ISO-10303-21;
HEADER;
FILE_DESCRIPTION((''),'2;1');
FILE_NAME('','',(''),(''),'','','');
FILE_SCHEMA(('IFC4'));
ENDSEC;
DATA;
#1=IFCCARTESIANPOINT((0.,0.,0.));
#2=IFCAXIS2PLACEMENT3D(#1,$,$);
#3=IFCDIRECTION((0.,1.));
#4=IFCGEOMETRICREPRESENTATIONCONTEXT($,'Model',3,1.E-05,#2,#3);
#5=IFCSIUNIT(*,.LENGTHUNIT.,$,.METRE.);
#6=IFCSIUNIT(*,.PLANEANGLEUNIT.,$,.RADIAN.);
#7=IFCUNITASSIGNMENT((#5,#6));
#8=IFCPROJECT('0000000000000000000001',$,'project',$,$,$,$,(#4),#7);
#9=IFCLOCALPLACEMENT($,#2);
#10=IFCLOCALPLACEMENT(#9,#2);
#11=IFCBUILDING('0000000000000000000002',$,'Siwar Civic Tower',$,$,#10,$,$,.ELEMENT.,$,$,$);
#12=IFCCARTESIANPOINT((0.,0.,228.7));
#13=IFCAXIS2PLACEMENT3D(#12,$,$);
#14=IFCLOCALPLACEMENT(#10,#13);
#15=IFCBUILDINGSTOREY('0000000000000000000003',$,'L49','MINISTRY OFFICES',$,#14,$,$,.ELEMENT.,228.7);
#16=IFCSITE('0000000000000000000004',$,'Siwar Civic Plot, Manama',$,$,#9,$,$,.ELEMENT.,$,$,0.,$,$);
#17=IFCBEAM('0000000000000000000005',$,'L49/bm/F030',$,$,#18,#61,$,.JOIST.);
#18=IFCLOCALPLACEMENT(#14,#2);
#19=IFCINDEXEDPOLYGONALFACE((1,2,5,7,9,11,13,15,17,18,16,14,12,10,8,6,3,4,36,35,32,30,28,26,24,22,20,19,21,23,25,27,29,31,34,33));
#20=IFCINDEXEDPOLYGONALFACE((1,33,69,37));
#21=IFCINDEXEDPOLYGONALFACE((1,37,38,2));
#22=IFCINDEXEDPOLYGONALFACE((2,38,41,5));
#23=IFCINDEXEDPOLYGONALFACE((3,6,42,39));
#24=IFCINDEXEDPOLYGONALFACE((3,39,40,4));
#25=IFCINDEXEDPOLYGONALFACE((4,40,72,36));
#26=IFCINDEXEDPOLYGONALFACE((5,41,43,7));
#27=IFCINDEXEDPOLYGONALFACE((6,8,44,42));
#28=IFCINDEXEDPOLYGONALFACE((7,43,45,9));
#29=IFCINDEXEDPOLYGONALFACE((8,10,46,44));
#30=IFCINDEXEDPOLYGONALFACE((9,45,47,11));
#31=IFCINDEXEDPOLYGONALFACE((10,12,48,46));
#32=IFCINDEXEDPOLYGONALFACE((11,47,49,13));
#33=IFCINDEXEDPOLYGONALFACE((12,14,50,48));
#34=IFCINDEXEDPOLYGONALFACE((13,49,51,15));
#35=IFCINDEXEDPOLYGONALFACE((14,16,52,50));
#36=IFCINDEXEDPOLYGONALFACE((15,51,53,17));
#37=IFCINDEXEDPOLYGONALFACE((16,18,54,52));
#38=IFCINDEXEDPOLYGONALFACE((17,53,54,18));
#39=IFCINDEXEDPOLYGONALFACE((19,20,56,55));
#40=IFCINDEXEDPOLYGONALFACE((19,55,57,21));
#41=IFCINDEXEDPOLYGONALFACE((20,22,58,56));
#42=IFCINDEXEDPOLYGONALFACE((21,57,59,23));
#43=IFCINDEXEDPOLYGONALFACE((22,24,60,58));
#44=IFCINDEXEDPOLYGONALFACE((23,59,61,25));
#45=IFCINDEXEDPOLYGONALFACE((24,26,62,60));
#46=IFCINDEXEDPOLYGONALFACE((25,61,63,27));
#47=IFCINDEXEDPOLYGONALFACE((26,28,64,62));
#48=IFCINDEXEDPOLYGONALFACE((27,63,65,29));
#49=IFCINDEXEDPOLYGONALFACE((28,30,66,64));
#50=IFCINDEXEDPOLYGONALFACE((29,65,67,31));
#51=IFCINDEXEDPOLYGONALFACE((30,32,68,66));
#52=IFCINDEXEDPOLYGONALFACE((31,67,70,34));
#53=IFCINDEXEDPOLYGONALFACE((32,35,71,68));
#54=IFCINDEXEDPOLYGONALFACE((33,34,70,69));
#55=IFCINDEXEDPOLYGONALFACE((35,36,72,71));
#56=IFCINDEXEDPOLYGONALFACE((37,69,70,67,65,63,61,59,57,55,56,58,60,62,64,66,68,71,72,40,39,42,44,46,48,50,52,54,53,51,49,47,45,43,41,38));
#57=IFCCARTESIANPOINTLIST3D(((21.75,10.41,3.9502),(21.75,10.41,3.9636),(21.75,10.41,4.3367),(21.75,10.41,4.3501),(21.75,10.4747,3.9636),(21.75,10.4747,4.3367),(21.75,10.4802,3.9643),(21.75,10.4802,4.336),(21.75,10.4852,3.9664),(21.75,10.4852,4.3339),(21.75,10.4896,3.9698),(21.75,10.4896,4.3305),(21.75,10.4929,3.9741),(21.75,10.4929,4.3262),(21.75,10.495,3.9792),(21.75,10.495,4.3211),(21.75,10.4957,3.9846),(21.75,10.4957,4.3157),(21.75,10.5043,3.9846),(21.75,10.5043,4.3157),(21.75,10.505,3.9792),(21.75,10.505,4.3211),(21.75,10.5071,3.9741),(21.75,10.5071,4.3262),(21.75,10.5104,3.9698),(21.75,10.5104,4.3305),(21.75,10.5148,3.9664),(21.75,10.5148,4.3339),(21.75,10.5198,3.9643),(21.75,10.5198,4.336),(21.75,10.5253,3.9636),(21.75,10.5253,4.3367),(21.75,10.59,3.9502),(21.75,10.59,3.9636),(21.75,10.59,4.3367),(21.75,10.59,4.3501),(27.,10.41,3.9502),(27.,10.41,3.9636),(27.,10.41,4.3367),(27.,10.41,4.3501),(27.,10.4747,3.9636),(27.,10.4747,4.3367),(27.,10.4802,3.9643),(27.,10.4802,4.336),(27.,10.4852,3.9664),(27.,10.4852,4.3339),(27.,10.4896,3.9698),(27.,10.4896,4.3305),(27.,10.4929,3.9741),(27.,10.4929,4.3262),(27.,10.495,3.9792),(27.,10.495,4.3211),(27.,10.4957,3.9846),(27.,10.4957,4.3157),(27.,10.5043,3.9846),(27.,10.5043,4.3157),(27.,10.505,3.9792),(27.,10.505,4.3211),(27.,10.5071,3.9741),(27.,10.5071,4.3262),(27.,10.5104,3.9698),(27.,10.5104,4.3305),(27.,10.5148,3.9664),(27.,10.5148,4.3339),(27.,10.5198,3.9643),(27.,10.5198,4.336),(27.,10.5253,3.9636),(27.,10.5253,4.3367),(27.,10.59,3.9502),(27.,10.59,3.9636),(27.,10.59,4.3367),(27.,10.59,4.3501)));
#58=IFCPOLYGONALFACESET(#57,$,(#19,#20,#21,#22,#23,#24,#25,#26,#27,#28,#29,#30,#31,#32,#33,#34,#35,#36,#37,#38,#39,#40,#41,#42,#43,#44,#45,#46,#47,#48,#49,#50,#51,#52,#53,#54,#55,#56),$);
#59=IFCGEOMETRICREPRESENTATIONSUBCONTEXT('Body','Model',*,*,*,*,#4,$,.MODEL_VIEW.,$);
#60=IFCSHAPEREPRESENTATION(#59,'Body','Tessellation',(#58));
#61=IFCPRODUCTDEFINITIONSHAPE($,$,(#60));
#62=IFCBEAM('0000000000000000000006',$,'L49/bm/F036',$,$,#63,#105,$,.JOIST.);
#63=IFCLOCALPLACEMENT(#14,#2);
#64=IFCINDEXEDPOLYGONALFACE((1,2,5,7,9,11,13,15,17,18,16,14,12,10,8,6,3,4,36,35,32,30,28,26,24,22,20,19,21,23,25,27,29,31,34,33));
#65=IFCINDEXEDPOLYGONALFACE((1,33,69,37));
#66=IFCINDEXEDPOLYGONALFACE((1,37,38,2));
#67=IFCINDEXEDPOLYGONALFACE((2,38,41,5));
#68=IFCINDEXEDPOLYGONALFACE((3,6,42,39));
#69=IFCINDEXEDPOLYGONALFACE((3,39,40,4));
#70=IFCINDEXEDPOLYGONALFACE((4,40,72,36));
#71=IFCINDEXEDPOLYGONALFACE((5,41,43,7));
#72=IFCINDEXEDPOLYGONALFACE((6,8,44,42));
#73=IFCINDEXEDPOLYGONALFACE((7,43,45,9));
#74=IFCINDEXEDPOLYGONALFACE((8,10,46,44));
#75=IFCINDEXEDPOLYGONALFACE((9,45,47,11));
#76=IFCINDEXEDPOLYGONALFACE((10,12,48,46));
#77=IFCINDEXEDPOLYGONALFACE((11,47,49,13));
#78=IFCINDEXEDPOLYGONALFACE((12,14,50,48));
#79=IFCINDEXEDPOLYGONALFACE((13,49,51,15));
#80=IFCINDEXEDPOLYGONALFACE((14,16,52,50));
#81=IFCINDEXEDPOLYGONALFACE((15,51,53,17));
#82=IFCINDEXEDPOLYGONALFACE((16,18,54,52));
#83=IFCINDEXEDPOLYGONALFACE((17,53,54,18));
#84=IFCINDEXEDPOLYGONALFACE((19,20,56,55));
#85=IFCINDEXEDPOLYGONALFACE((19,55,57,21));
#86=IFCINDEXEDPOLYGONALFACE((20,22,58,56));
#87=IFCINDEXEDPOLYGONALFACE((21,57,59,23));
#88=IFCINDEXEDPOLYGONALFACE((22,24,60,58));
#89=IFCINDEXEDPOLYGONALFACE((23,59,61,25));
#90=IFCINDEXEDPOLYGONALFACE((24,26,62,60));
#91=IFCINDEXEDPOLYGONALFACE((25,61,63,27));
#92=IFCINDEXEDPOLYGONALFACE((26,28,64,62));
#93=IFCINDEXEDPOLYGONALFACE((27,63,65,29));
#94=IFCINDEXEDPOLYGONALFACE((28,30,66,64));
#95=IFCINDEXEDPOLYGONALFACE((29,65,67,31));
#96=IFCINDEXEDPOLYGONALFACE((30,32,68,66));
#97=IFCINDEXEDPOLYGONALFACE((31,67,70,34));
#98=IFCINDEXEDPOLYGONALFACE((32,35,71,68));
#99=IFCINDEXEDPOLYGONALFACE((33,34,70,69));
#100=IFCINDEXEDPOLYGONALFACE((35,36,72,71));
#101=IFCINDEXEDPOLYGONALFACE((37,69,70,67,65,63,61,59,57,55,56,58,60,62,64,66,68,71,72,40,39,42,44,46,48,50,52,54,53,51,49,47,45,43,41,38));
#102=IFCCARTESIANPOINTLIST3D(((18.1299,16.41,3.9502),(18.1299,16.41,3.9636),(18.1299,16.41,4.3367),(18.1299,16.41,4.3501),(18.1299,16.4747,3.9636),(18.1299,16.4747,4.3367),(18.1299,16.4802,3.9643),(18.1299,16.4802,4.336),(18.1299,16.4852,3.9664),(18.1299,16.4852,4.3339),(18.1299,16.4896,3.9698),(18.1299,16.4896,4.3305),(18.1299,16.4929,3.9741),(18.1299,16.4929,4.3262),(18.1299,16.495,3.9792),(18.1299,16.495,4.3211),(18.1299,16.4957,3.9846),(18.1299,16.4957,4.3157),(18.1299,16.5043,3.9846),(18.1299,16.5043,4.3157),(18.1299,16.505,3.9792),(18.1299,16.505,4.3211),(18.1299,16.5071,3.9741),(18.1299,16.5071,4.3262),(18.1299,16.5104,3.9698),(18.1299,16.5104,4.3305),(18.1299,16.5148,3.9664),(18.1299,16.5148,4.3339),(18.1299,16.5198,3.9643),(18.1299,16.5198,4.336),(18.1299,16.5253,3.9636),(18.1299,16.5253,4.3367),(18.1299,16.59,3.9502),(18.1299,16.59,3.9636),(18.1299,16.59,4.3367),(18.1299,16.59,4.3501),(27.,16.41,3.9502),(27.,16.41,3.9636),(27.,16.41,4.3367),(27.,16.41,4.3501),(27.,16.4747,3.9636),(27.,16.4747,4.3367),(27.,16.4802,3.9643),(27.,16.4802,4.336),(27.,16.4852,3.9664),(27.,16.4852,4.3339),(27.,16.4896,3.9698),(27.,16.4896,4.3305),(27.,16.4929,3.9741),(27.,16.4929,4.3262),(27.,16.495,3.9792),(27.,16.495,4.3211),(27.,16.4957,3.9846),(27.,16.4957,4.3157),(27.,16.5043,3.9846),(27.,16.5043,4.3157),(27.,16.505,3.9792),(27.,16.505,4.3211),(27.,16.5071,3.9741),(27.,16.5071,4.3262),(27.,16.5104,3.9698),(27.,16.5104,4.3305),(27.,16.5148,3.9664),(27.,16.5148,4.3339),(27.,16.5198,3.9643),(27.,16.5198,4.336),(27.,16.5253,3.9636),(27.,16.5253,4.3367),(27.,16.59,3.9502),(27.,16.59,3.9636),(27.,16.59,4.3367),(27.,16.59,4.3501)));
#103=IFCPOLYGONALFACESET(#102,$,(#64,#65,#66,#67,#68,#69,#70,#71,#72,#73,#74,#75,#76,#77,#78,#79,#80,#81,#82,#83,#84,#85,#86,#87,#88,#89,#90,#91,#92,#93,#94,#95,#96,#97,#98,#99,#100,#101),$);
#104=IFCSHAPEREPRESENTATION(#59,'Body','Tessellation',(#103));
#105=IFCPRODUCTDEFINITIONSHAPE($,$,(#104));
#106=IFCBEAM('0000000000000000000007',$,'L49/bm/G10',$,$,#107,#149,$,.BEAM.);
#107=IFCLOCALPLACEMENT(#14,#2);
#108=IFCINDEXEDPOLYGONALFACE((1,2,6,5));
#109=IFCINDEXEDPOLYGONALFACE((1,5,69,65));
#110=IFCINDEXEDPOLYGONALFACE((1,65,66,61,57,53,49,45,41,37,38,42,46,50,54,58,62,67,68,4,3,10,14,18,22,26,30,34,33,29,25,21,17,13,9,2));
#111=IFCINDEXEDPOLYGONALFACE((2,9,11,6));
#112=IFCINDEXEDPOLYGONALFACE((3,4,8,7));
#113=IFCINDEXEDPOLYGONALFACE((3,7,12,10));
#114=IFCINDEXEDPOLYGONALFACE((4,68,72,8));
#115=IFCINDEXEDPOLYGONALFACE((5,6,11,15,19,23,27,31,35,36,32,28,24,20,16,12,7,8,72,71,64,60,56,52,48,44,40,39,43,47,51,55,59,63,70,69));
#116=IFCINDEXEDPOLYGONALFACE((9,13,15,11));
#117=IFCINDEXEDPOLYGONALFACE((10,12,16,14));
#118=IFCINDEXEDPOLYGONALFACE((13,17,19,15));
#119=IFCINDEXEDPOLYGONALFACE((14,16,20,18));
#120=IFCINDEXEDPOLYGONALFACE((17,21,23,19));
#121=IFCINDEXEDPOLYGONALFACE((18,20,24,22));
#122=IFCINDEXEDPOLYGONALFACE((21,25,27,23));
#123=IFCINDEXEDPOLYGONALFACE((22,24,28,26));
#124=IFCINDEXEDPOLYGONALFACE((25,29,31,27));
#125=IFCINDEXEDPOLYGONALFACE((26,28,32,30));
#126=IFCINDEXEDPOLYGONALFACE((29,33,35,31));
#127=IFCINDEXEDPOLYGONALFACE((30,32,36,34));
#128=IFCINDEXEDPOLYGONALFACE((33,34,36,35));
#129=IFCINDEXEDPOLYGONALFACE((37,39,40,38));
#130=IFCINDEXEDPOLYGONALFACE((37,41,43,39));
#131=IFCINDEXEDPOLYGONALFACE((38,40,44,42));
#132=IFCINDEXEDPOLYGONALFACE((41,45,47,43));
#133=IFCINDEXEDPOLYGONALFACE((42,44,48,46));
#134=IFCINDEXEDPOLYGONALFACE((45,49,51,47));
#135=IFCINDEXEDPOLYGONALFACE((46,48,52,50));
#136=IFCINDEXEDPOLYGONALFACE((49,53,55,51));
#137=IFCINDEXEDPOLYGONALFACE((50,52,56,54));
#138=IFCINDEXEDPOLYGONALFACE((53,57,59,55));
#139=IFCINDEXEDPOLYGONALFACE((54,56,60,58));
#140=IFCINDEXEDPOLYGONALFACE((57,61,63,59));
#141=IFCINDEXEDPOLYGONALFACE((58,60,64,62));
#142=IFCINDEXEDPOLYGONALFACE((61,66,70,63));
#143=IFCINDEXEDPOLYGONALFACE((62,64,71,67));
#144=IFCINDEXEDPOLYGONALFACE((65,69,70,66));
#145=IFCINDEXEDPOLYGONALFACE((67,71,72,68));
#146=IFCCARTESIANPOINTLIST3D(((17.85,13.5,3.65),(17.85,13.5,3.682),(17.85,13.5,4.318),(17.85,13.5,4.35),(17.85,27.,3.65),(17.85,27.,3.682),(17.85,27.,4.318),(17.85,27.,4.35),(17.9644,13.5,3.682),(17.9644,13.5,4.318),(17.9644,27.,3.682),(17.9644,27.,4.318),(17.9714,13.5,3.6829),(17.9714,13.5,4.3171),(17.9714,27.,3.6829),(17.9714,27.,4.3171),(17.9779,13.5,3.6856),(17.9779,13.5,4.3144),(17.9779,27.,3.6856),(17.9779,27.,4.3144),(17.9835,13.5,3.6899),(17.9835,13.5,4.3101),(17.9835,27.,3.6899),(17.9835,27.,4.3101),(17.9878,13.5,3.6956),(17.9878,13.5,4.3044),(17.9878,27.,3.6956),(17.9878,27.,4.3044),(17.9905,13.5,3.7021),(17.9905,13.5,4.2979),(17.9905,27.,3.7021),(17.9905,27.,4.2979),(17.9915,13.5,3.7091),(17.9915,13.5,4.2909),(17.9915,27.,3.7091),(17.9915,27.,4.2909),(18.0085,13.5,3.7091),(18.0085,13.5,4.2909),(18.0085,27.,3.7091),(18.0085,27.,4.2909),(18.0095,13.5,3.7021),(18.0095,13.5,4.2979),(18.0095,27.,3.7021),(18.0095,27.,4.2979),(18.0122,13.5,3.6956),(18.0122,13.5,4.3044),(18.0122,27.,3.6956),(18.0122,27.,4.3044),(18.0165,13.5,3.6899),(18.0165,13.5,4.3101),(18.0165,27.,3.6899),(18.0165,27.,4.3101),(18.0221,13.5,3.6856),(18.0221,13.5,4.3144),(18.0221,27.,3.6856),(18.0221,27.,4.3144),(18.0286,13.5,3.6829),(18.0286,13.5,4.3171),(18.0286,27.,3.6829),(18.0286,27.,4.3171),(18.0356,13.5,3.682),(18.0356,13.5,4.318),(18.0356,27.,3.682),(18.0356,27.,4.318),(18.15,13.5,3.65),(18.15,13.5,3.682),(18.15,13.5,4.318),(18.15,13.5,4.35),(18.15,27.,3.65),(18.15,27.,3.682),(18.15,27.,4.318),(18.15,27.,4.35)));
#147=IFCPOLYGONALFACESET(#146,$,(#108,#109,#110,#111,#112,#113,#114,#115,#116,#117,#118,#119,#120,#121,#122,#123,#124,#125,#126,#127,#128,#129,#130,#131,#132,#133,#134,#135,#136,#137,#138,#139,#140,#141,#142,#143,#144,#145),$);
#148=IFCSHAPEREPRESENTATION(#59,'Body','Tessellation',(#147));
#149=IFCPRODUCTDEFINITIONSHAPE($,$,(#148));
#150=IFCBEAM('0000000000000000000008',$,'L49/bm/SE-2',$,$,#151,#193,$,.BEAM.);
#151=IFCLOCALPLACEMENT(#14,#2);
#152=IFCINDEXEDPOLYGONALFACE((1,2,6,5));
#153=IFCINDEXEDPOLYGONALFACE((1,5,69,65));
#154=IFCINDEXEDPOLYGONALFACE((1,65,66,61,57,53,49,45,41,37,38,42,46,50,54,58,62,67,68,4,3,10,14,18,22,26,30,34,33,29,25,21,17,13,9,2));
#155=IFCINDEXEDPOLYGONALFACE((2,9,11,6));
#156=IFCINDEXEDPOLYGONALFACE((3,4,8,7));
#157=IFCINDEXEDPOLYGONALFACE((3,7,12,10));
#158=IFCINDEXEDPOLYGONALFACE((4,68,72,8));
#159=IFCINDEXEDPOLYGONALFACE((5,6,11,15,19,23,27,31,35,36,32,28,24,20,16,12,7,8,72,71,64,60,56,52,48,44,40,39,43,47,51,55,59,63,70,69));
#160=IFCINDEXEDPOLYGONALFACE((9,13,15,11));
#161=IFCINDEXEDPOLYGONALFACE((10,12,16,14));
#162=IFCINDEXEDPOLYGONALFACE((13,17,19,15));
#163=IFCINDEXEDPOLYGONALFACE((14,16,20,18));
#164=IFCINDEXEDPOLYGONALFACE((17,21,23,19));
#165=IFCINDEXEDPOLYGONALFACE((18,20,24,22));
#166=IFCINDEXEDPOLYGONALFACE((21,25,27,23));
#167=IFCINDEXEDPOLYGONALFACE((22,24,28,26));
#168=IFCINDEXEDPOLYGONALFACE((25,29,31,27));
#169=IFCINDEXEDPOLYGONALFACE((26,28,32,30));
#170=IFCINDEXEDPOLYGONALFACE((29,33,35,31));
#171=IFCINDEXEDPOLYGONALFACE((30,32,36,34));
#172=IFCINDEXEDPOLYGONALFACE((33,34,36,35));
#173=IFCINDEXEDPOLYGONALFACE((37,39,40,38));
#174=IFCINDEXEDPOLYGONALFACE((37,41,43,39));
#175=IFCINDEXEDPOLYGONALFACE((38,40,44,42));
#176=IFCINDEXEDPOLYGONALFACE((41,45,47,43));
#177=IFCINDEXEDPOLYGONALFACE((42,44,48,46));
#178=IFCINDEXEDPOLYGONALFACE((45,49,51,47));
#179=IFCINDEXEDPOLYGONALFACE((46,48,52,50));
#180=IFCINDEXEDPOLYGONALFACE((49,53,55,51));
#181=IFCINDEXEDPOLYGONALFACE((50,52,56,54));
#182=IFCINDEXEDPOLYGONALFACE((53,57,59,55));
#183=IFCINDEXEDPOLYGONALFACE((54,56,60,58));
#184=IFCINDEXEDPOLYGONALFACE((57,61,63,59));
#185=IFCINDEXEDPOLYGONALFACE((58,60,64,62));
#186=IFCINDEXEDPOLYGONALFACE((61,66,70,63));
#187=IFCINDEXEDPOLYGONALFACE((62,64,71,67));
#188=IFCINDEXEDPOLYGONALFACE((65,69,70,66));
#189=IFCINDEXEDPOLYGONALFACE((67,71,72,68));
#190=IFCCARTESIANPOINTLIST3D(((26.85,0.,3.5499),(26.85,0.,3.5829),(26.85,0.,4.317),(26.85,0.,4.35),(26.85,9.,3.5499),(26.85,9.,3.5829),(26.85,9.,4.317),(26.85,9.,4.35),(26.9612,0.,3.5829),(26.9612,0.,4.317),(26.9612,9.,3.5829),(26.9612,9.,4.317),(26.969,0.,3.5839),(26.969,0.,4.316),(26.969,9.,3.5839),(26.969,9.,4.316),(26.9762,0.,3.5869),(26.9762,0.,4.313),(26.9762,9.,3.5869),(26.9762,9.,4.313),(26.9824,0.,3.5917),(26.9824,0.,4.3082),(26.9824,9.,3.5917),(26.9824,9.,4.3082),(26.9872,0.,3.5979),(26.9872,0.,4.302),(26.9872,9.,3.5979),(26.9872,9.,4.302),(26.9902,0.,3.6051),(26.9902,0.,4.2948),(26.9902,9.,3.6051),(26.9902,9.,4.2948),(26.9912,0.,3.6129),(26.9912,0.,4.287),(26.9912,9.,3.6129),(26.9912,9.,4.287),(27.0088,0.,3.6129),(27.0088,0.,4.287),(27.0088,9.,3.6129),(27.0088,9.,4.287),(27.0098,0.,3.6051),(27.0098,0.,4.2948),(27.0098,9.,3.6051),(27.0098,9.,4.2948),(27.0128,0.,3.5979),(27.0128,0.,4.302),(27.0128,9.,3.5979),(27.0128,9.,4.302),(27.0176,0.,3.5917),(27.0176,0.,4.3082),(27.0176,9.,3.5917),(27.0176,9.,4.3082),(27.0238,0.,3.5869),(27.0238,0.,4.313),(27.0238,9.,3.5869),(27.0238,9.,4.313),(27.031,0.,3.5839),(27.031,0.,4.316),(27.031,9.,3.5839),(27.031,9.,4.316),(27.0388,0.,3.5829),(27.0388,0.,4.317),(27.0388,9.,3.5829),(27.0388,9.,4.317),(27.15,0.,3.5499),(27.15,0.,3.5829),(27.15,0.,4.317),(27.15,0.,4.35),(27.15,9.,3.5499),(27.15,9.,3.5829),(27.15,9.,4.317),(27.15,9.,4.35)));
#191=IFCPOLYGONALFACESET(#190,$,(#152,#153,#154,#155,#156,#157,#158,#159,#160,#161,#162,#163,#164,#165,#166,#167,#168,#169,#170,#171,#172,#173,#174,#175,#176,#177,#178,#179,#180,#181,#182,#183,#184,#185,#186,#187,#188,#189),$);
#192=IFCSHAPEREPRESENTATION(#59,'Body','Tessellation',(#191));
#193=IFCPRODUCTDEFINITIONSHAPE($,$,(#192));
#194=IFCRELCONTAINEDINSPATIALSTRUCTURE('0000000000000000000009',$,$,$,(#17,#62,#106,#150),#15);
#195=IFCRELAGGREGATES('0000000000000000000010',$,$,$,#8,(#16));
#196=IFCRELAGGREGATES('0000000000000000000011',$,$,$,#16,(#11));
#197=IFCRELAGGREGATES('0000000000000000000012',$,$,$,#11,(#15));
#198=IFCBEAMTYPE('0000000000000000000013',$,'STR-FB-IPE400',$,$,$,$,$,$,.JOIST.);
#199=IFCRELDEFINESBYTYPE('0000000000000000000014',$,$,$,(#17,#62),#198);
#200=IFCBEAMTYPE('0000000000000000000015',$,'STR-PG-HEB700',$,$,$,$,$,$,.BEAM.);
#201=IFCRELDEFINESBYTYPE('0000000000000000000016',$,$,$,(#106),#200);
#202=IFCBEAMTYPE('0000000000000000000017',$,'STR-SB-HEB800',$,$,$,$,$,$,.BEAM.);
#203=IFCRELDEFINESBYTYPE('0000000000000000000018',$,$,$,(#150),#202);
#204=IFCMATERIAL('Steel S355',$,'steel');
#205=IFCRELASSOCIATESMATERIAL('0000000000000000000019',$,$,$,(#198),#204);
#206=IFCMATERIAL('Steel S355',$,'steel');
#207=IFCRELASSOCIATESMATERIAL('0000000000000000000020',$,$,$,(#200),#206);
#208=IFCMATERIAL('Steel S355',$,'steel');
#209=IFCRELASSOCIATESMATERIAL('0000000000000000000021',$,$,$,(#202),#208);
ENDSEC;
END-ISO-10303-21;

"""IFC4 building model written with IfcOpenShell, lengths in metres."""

from ifc_helpers import new_model, si_unit, direction, frame, origin, origin_2d, place, context, subcontext, project, spatial, i_section, extrude, material, material_profile, profile_set, type_object, element, save


model = new_model("IFC4")

# Units and contexts
model_context = context("Model", 3, precision=1e-05, world=origin(), true_north=direction((0.0, 1.0)))
body_context = subcontext(model_context, "Body", "Model", "MODEL_VIEW")
ifc_project = project(units=[si_unit("LENGTHUNIT", "METRE"), si_unit("PLANEANGLEUNIT", "RADIAN")], contexts=[model_context])

# Site, building, storey
site_placement = place(None, origin())
site = spatial("IfcSite", under=ifc_project, at=site_placement, Name="Siwar Civic Plot, Manama", CompositionType="ELEMENT", RefElevation=0.0)
building_placement = place(site_placement, origin())
building = spatial("IfcBuilding", under=site, at=building_placement, Name="Siwar Civic Tower", CompositionType="ELEMENT")
storey_placement = place(building_placement, frame((0.0, 0.0, 228.7)))
storey = spatial("IfcBuildingStorey", under=building, at=storey_placement, Name="L49", Description="MINISTRY OFFICES", CompositionType="ELEMENT", Elevation=228.7)

# Beams
ifc_material_1 = material(Name="Steel S355", Category="steel")
ifc_material_profile_1 = material_profile(ifc_material_1, i_section(OverallWidth=0.1799, OverallDepth=0.3999, WebThickness=0.0085, FlangeThickness=0.0134, FilletRadius=0.021, at=origin_2d()), Name="IPE400")
ifc_profile_set_1 = profile_set([ifc_material_profile_1], Name="Steel S355")
beam_type_1 = type_object("IfcBeamType", Name="STR-FB-IPE400", PredefinedType="JOIST", material=ifc_profile_set_1)
for number, where, z_axis, x_axis, name in (
    (1, (21.75, 10.5, 4.1501), (1.0, 0.0, 0.0), (0.0, 1.0, 0.0), "L49/bm/F030"),
):
    element("IfcBeam", number, at=place(storey_placement, frame(where, z_axis=z_axis, x_axis=x_axis)), inside=storey, type_object=beam_type_1, Name=name, PredefinedType="JOIST", context=body_context, shape_type="SweptSolid", body=[
        extrude(i_section(OverallWidth=0.1799, OverallDepth=0.3999, WebThickness=0.0085, FlangeThickness=0.0134, FilletRadius=0.021, at=origin_2d()), origin(), (0.0, 0.0, 1.0), 5.25),
    ])
beam_1_placement = place(storey_placement, frame((18.1299, 16.5, 4.1501), z_axis=(1.0, 0.0, 0.0), x_axis=(0.0, 1.0, 0.0)))
element("IfcBeam", 2, at=beam_1_placement, inside=storey, type_object=beam_type_1, Name="L49/bm/F036", PredefinedType="JOIST", context=body_context, shape_type="SweptSolid", body=[
    extrude(i_section(OverallWidth=0.1799, OverallDepth=0.3999, WebThickness=0.0085, FlangeThickness=0.0134, FilletRadius=0.021, at=origin_2d()), origin(), (0.0, 0.0, 1.0), 8.8701),
])
ifc_material_2 = material(Name="Steel S355", Category="steel")
ifc_material_profile_2 = material_profile(ifc_material_2, i_section(OverallWidth=0.3, OverallDepth=0.7, WebThickness=0.0171, FlangeThickness=0.032, FilletRadius=0.0271, at=origin_2d()), Name="HEB700")
ifc_profile_set_2 = profile_set([ifc_material_profile_2], Name="Steel S355")
beam_type_2 = type_object("IfcBeamType", Name="STR-PG-HEB700", PredefinedType="BEAM", material=ifc_profile_set_2)
beam_2_placement = place(storey_placement, frame((18.0, 13.5, 4.0), z_axis=(0.0, 1.0, 0.0), x_axis=(-1.0, 0.0, 0.0)))
element("IfcBeam", 3, at=beam_2_placement, inside=storey, type_object=beam_type_2, Name="L49/bm/G10", PredefinedType="BEAM", context=body_context, shape_type="SweptSolid", body=[
    extrude(i_section(OverallWidth=0.3, OverallDepth=0.7, WebThickness=0.0171, FlangeThickness=0.032, FilletRadius=0.0271, at=origin_2d()), origin(), (0.0, 0.0, 1.0), 13.5),
])
ifc_material_3 = material(Name="Steel S355", Category="steel")
ifc_material_profile_3 = material_profile(ifc_material_3, i_section(OverallWidth=0.3, OverallDepth=0.8, WebThickness=0.0176, FlangeThickness=0.033, FilletRadius=0.03, at=origin_2d()), Name="HEB800")
ifc_profile_set_3 = profile_set([ifc_material_profile_3], Name="Steel S355")
beam_type_3 = type_object("IfcBeamType", Name="STR-SB-HEB800", PredefinedType="BEAM", material=ifc_profile_set_3)
for number, where, z_axis, x_axis, name in (
    (4, (27.0, 0.0, 3.95), (0.0, 1.0, 0.0), (-1.0, 0.0, 0.0), "L49/bm/SE-2"),
):
    element("IfcBeam", number, at=place(storey_placement, frame(where, z_axis=z_axis, x_axis=x_axis)), inside=storey, type_object=beam_type_3, Name=name, PredefinedType="BEAM", context=body_context, shape_type="SweptSolid", body=[
        extrude(i_section(OverallWidth=0.3, OverallDepth=0.8, WebThickness=0.0176, FlangeThickness=0.033, FilletRadius=0.03, at=origin_2d()), origin(), (0.0, 0.0, 1.0), 9.0),
    ])

save(model, "model.ifc")
